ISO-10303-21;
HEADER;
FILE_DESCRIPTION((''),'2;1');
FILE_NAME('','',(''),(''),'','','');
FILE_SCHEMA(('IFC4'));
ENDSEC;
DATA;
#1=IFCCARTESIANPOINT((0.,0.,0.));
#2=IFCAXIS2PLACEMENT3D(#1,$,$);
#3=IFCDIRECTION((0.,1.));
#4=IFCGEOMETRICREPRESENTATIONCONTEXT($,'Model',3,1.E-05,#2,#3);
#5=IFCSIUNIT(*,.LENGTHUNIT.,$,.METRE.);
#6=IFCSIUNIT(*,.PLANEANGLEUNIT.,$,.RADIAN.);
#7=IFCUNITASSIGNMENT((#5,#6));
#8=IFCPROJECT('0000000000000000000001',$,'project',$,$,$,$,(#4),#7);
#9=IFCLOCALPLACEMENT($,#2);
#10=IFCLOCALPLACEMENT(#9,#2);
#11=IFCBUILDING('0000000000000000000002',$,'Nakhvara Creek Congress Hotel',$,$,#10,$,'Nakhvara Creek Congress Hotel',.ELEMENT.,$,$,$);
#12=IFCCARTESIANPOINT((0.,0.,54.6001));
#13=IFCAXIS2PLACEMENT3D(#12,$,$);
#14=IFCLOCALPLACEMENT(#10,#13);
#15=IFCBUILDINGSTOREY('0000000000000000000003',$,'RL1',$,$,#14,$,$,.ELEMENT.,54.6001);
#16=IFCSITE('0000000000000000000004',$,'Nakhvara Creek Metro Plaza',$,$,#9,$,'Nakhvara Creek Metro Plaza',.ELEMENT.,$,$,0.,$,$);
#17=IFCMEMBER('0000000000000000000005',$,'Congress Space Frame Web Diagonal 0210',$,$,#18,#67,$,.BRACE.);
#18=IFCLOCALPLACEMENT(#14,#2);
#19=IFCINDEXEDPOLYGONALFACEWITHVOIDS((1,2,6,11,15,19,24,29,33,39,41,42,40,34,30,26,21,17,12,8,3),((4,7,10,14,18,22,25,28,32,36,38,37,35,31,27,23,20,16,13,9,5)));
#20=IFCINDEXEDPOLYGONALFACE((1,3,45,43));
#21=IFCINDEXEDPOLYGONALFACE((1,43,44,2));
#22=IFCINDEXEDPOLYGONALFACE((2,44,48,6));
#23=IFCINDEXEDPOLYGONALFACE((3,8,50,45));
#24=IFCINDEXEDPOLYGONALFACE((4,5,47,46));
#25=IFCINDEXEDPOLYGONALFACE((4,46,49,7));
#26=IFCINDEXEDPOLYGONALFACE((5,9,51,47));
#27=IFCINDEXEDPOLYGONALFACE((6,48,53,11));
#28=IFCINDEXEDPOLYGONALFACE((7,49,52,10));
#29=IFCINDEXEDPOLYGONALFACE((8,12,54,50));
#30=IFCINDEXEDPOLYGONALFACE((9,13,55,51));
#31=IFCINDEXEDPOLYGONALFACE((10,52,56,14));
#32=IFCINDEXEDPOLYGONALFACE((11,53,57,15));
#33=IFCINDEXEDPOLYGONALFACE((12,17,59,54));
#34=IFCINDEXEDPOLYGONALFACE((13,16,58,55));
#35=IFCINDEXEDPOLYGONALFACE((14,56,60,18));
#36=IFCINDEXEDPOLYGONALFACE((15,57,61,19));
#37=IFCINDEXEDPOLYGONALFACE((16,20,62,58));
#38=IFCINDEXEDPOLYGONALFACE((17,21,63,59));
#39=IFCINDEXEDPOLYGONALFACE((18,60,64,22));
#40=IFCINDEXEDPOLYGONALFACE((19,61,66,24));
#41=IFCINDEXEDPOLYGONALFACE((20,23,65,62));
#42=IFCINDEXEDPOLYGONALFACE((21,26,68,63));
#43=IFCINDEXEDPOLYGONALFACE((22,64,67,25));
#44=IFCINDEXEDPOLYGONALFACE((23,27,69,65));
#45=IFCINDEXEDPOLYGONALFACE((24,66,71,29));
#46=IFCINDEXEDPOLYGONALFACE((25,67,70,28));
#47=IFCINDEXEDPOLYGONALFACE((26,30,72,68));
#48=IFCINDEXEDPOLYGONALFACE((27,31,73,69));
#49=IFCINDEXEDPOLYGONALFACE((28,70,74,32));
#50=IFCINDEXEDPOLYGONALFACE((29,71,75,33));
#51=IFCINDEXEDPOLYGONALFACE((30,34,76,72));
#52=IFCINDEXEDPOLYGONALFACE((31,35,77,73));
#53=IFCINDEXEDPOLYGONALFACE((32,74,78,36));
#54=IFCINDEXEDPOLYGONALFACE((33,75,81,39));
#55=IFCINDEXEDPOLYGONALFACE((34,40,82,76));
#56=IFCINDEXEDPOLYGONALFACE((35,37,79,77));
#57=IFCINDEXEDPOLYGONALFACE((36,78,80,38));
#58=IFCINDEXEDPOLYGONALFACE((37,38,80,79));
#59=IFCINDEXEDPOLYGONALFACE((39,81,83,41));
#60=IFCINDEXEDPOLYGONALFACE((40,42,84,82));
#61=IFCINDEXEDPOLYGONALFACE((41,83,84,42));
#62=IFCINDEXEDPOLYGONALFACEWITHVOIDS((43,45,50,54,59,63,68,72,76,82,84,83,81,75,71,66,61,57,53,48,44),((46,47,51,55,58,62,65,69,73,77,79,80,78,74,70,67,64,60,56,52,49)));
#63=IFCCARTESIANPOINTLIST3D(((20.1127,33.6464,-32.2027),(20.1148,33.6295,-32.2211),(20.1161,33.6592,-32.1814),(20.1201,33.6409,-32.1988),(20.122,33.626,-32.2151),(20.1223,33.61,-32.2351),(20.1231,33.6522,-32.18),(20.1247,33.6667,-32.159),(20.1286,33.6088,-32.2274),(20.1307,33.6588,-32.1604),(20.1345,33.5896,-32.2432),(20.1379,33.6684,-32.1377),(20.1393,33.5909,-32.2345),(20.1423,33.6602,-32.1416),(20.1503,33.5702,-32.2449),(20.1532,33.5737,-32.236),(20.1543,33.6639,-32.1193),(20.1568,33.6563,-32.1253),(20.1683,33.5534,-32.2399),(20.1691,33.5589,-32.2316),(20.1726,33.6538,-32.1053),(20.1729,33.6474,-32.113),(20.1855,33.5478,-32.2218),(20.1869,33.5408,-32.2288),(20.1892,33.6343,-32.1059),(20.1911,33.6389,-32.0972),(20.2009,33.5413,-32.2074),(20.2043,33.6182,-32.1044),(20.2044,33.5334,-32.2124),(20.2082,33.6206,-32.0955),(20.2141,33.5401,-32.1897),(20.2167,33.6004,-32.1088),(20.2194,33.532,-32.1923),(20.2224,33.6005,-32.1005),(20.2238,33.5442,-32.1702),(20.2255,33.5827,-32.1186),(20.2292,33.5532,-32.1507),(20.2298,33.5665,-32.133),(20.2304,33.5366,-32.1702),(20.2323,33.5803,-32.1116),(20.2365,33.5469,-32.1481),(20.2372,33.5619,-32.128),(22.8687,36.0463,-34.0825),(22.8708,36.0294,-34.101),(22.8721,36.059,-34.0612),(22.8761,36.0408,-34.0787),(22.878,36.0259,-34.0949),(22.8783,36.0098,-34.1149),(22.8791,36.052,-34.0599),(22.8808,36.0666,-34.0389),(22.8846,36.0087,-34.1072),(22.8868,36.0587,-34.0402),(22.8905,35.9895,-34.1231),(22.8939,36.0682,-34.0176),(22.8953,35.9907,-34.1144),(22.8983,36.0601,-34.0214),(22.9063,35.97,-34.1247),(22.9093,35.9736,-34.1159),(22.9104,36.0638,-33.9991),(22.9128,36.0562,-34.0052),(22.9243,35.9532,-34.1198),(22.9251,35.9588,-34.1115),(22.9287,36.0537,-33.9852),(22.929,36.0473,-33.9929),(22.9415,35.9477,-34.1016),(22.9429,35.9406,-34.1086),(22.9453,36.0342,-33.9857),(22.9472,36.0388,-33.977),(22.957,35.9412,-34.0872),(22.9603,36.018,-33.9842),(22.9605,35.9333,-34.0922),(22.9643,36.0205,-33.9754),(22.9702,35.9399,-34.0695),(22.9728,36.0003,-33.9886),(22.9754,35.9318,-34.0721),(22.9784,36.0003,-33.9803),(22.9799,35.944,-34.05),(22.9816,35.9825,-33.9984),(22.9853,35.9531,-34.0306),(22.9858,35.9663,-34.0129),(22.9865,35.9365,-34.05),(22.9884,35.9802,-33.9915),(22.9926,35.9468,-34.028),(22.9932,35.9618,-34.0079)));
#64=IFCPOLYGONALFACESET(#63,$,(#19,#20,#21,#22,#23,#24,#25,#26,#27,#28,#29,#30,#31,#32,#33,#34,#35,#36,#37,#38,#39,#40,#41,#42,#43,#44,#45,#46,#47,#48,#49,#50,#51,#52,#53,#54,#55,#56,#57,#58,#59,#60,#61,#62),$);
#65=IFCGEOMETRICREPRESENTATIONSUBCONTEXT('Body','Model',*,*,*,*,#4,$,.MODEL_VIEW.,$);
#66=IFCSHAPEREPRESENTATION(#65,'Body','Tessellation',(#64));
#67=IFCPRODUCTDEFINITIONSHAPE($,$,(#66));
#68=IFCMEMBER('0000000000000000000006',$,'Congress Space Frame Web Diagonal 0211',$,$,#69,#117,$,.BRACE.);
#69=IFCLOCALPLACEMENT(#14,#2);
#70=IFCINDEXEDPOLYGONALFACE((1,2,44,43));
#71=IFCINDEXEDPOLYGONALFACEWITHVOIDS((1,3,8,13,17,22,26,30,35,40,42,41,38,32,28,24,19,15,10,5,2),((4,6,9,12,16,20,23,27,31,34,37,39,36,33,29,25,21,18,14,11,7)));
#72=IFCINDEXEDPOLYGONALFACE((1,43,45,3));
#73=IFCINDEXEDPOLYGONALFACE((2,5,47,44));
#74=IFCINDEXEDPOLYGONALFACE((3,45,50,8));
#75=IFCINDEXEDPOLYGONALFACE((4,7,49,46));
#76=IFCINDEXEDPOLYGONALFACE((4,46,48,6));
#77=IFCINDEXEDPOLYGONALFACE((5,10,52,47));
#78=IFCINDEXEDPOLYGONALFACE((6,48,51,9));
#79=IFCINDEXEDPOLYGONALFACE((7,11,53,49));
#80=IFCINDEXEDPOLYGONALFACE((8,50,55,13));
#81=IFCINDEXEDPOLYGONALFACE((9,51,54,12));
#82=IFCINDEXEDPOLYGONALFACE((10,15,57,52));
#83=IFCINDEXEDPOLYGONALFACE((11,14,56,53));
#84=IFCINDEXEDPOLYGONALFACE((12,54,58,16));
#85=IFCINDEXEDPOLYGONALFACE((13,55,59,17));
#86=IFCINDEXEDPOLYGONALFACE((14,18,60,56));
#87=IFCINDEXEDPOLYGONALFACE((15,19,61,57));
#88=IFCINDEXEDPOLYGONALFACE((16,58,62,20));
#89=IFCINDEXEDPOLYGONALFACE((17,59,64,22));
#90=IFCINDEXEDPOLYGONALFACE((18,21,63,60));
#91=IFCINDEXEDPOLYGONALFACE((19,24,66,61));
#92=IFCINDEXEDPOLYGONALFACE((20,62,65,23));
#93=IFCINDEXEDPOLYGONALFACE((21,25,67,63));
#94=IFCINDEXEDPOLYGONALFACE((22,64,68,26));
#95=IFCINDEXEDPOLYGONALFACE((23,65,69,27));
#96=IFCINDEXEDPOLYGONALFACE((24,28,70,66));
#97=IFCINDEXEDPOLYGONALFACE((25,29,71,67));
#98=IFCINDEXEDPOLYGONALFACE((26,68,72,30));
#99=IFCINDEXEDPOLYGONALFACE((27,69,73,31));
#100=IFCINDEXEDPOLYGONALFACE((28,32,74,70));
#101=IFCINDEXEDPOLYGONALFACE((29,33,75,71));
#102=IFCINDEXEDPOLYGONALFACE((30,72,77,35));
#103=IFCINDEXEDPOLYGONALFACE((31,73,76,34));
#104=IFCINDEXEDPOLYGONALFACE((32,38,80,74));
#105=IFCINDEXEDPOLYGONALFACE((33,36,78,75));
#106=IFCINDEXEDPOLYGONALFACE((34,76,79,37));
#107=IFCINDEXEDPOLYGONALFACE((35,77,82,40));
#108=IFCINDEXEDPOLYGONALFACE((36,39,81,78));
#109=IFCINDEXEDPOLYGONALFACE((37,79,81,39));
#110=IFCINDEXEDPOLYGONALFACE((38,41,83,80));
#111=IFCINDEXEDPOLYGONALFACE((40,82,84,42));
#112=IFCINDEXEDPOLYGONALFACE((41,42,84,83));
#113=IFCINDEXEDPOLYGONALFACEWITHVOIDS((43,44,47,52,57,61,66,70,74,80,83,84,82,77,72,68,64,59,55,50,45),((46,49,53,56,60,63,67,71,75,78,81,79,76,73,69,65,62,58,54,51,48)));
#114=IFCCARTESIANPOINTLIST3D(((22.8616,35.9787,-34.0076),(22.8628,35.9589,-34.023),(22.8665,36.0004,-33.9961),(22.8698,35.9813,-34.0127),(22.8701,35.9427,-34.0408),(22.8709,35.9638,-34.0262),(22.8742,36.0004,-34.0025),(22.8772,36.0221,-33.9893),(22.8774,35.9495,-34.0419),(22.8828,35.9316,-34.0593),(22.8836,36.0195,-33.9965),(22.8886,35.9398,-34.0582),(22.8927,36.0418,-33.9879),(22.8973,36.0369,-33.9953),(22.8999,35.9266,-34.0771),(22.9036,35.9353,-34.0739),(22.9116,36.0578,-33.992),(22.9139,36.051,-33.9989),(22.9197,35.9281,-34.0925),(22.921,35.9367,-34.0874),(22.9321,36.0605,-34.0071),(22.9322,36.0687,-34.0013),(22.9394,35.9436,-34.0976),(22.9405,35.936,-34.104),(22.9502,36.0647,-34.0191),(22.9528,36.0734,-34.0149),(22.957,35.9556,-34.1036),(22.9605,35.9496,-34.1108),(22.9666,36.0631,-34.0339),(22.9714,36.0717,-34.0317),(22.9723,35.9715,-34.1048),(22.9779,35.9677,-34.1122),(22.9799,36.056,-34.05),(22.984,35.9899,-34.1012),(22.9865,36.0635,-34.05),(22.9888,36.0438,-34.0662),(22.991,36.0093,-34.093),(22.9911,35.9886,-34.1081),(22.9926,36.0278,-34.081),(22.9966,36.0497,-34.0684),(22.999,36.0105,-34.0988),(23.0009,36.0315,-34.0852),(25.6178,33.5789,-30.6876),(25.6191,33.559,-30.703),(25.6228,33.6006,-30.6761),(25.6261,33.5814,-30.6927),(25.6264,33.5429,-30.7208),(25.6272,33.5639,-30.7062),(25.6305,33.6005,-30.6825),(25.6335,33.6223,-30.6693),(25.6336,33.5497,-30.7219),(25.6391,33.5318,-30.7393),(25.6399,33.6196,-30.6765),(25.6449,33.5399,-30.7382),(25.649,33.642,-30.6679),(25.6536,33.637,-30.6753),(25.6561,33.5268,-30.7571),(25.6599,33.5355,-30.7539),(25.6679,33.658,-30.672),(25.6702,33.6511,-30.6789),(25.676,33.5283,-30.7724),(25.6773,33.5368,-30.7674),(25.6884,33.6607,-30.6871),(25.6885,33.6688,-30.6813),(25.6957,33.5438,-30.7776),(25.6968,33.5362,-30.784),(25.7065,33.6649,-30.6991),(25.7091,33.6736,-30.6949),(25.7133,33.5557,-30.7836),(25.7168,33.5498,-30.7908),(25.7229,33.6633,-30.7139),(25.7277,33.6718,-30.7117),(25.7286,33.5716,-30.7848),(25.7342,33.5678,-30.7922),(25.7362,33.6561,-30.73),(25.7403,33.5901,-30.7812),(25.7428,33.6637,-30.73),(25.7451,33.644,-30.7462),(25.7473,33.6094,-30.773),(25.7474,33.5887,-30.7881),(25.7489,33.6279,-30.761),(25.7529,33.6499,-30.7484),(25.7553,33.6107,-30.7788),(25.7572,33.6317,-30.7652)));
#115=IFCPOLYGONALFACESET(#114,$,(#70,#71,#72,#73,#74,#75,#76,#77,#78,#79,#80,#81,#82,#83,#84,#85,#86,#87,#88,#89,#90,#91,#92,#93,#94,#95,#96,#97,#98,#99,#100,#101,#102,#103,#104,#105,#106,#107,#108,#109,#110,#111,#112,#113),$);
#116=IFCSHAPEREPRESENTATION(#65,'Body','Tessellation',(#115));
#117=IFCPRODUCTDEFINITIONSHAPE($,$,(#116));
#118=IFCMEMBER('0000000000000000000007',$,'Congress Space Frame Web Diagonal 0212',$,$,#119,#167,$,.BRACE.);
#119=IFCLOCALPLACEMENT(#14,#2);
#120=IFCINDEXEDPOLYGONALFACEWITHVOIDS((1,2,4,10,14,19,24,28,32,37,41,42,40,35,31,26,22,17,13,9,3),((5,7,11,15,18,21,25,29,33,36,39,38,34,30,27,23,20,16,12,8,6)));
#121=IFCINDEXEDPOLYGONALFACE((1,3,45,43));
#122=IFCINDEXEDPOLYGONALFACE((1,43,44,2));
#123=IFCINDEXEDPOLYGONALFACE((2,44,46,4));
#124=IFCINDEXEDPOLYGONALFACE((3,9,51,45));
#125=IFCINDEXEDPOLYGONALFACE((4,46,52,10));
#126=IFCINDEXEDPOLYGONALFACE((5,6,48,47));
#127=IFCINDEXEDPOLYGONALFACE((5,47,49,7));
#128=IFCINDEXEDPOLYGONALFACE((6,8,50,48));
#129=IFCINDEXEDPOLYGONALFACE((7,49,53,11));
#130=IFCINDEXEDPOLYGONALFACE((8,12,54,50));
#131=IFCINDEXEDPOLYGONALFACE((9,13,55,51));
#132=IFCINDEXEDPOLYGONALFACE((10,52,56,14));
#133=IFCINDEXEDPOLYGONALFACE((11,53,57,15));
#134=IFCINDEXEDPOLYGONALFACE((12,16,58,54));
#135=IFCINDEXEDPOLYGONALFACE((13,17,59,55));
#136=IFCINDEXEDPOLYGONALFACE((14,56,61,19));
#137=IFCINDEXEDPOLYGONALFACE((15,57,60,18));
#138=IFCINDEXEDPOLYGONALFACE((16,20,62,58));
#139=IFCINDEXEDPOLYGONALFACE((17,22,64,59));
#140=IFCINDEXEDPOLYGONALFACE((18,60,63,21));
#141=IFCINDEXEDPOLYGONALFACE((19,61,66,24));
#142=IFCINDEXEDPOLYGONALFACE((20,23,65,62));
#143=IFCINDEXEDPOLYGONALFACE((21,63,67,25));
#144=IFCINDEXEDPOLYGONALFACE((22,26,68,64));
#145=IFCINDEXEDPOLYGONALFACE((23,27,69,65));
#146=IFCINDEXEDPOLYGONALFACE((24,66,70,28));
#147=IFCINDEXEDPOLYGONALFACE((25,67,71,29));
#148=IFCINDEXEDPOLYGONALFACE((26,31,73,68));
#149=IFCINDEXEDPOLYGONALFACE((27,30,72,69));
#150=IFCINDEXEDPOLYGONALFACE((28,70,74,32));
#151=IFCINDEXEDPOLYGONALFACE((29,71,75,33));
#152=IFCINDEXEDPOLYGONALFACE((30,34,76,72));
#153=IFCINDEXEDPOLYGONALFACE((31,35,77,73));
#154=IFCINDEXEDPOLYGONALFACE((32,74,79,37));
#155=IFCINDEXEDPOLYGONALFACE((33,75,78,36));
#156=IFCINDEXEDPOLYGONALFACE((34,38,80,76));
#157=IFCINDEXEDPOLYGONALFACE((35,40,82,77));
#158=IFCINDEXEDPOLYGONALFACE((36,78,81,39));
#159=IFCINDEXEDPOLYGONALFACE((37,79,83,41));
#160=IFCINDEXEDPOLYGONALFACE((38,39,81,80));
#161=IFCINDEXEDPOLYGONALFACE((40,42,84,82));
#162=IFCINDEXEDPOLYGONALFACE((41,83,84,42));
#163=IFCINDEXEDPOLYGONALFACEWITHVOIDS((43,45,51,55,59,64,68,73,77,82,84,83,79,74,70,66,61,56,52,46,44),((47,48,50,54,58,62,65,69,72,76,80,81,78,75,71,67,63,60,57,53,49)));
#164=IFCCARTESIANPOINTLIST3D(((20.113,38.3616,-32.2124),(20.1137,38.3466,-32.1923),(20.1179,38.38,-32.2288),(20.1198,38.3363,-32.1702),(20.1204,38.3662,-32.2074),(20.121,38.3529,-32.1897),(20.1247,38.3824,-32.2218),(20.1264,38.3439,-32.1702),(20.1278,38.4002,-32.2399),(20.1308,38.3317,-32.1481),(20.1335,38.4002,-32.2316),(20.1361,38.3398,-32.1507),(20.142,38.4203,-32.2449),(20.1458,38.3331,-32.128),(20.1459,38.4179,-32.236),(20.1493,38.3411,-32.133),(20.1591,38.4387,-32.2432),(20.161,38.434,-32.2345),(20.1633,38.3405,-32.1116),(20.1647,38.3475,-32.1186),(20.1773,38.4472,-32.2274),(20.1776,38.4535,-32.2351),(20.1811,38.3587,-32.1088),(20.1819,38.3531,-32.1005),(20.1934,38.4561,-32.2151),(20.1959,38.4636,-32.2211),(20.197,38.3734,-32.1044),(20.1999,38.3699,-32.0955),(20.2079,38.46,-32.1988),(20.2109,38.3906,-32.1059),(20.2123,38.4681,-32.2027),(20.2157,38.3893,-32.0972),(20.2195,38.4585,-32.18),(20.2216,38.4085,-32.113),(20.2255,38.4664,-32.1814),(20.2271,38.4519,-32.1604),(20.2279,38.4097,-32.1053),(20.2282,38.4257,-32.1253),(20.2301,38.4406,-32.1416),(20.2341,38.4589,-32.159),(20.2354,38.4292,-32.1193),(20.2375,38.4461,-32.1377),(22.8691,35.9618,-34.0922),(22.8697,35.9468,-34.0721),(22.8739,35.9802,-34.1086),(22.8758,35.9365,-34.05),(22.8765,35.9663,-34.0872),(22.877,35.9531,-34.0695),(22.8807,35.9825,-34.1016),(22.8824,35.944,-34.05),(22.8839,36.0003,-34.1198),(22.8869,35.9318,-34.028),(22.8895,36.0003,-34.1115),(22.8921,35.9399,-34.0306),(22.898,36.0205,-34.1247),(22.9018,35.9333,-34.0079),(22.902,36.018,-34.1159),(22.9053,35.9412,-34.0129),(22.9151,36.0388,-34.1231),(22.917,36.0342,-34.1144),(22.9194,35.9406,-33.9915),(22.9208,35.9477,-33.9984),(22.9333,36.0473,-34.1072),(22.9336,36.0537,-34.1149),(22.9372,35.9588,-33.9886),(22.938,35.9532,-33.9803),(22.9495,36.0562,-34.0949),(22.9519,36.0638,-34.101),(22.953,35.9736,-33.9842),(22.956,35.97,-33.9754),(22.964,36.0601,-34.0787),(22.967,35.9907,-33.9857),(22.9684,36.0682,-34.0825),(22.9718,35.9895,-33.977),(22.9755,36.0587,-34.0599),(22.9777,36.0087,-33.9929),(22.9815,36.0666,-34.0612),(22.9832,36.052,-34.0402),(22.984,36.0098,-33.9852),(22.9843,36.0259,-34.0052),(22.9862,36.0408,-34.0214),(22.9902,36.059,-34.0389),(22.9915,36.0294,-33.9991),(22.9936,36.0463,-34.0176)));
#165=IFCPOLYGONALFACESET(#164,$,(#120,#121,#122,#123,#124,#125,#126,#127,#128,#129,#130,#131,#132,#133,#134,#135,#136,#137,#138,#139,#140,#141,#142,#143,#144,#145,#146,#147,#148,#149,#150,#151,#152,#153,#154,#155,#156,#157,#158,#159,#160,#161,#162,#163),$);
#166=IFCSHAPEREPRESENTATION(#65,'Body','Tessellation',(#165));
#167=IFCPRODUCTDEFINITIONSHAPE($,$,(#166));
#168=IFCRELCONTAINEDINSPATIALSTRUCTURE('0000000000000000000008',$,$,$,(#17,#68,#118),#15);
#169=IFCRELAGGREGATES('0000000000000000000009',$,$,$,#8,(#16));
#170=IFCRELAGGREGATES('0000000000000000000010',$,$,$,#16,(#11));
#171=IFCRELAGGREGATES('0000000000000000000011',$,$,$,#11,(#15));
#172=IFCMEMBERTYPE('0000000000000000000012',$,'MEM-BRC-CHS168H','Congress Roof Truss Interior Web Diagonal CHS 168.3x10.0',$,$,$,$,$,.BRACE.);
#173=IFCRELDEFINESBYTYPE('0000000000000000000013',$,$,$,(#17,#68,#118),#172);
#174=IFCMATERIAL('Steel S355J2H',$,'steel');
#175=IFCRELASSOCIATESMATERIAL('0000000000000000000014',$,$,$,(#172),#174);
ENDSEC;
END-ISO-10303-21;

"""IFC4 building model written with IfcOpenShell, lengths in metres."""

from ifc_helpers import new_model, si_unit, direction, frame, origin, origin_2d, place, context, subcontext, project, spatial, hollow_circle, extrude, material, material_profile, profile_set, type_object, element, save


model = new_model("IFC4")

# Units and contexts
model_context = context("Model", 3, precision=1e-05, world=origin(), true_north=direction((0.0, 1.0)))
body_context = subcontext(model_context, "Body", "Model", "MODEL_VIEW")
ifc_project = project(units=[si_unit("LENGTHUNIT", "METRE"), si_unit("PLANEANGLEUNIT", "RADIAN")], contexts=[model_context])

# Site, building, storey
site_placement = place(None, origin())
site = spatial("IfcSite", under=ifc_project, at=site_placement, Name="Nakhvara Creek Metro Plaza", LongName="Nakhvara Creek Metro Plaza", CompositionType="ELEMENT", RefElevation=0.0)
building_placement = place(site_placement, origin())
building = spatial("IfcBuilding", under=site, at=building_placement, Name="Nakhvara Creek Congress Hotel", LongName="Nakhvara Creek Congress Hotel", CompositionType="ELEMENT")
storey_placement = place(building_placement, frame((0.0, 0.0, 54.6001)))
storey = spatial("IfcBuildingStorey", under=building, at=storey_placement, Name="RL1", CompositionType="ELEMENT", Elevation=54.6001)

# Members
ifc_material_1 = material(Name="Steel S355J2H", Category="steel")
ifc_material_profile_1 = material_profile(ifc_material_1, hollow_circle(Radius=0.0842, WallThickness=0.01, at=origin_2d()), Name="CHS 168.3x10.0", Category="LoadBearing")
ifc_profile_set_1 = profile_set([ifc_material_profile_1], Name="Steel S355J2H")
member_type_1 = type_object("IfcMemberType", Name="MEM-BRC-CHS168H", Description="Congress Roof Truss Interior Web Diagonal CHS 168.3x10.0", PredefinedType="BRACE", material=ifc_profile_set_1)
member_1_placement = place(storey_placement, frame((22.9312, 36.0, -34.05), z_axis=(-0.670634, -0.583961, 0.457426), x_axis=(0.656691, -0.75416, 0.0)))
element("IfcMember", 1, at=member_1_placement, inside=storey, type_object=member_type_1, Name="Congress Space Frame Web Diagonal 0210", PredefinedType="BRACE", context=body_context, shape_type="SweptSolid", body=[
    extrude(hollow_circle(Radius=0.0842, WallThickness=0.01, at=origin_2d()), origin(), (0.0, 0.0, 1.0), 4.1096),
])
member_2_placement = place(storey_placement, frame((22.9312, 36.0, -34.05), z_axis=(0.558237, -0.486047, 0.672406), x_axis=(0.656658, 0.754188, 0.0)))
element("IfcMember", 2, at=member_2_placement, inside=storey, type_object=member_type_1, Name="Congress Space Frame Web Diagonal 0211", PredefinedType="BRACE", context=body_context, shape_type="SweptSolid", body=[
    extrude(hollow_circle(Radius=0.0842, WallThickness=0.01, at=origin_2d()), origin(), (0.0, 0.0, 1.0), 4.9375),
])
member_3_placement = place(storey_placement, frame((22.9312, 36.0, -34.05), z_axis=(-0.670634, 0.583961, 0.457426), x_axis=(-0.656691, -0.75416, 0.0)))
element("IfcMember", 3, at=member_3_placement, inside=storey, type_object=member_type_1, Name="Congress Space Frame Web Diagonal 0212", PredefinedType="BRACE", context=body_context, shape_type="SweptSolid", body=[
    extrude(hollow_circle(Radius=0.0842, WallThickness=0.01, at=origin_2d()), origin(), (0.0, 0.0, 1.0), 4.1096),
])

save(model, "model.ifc")
